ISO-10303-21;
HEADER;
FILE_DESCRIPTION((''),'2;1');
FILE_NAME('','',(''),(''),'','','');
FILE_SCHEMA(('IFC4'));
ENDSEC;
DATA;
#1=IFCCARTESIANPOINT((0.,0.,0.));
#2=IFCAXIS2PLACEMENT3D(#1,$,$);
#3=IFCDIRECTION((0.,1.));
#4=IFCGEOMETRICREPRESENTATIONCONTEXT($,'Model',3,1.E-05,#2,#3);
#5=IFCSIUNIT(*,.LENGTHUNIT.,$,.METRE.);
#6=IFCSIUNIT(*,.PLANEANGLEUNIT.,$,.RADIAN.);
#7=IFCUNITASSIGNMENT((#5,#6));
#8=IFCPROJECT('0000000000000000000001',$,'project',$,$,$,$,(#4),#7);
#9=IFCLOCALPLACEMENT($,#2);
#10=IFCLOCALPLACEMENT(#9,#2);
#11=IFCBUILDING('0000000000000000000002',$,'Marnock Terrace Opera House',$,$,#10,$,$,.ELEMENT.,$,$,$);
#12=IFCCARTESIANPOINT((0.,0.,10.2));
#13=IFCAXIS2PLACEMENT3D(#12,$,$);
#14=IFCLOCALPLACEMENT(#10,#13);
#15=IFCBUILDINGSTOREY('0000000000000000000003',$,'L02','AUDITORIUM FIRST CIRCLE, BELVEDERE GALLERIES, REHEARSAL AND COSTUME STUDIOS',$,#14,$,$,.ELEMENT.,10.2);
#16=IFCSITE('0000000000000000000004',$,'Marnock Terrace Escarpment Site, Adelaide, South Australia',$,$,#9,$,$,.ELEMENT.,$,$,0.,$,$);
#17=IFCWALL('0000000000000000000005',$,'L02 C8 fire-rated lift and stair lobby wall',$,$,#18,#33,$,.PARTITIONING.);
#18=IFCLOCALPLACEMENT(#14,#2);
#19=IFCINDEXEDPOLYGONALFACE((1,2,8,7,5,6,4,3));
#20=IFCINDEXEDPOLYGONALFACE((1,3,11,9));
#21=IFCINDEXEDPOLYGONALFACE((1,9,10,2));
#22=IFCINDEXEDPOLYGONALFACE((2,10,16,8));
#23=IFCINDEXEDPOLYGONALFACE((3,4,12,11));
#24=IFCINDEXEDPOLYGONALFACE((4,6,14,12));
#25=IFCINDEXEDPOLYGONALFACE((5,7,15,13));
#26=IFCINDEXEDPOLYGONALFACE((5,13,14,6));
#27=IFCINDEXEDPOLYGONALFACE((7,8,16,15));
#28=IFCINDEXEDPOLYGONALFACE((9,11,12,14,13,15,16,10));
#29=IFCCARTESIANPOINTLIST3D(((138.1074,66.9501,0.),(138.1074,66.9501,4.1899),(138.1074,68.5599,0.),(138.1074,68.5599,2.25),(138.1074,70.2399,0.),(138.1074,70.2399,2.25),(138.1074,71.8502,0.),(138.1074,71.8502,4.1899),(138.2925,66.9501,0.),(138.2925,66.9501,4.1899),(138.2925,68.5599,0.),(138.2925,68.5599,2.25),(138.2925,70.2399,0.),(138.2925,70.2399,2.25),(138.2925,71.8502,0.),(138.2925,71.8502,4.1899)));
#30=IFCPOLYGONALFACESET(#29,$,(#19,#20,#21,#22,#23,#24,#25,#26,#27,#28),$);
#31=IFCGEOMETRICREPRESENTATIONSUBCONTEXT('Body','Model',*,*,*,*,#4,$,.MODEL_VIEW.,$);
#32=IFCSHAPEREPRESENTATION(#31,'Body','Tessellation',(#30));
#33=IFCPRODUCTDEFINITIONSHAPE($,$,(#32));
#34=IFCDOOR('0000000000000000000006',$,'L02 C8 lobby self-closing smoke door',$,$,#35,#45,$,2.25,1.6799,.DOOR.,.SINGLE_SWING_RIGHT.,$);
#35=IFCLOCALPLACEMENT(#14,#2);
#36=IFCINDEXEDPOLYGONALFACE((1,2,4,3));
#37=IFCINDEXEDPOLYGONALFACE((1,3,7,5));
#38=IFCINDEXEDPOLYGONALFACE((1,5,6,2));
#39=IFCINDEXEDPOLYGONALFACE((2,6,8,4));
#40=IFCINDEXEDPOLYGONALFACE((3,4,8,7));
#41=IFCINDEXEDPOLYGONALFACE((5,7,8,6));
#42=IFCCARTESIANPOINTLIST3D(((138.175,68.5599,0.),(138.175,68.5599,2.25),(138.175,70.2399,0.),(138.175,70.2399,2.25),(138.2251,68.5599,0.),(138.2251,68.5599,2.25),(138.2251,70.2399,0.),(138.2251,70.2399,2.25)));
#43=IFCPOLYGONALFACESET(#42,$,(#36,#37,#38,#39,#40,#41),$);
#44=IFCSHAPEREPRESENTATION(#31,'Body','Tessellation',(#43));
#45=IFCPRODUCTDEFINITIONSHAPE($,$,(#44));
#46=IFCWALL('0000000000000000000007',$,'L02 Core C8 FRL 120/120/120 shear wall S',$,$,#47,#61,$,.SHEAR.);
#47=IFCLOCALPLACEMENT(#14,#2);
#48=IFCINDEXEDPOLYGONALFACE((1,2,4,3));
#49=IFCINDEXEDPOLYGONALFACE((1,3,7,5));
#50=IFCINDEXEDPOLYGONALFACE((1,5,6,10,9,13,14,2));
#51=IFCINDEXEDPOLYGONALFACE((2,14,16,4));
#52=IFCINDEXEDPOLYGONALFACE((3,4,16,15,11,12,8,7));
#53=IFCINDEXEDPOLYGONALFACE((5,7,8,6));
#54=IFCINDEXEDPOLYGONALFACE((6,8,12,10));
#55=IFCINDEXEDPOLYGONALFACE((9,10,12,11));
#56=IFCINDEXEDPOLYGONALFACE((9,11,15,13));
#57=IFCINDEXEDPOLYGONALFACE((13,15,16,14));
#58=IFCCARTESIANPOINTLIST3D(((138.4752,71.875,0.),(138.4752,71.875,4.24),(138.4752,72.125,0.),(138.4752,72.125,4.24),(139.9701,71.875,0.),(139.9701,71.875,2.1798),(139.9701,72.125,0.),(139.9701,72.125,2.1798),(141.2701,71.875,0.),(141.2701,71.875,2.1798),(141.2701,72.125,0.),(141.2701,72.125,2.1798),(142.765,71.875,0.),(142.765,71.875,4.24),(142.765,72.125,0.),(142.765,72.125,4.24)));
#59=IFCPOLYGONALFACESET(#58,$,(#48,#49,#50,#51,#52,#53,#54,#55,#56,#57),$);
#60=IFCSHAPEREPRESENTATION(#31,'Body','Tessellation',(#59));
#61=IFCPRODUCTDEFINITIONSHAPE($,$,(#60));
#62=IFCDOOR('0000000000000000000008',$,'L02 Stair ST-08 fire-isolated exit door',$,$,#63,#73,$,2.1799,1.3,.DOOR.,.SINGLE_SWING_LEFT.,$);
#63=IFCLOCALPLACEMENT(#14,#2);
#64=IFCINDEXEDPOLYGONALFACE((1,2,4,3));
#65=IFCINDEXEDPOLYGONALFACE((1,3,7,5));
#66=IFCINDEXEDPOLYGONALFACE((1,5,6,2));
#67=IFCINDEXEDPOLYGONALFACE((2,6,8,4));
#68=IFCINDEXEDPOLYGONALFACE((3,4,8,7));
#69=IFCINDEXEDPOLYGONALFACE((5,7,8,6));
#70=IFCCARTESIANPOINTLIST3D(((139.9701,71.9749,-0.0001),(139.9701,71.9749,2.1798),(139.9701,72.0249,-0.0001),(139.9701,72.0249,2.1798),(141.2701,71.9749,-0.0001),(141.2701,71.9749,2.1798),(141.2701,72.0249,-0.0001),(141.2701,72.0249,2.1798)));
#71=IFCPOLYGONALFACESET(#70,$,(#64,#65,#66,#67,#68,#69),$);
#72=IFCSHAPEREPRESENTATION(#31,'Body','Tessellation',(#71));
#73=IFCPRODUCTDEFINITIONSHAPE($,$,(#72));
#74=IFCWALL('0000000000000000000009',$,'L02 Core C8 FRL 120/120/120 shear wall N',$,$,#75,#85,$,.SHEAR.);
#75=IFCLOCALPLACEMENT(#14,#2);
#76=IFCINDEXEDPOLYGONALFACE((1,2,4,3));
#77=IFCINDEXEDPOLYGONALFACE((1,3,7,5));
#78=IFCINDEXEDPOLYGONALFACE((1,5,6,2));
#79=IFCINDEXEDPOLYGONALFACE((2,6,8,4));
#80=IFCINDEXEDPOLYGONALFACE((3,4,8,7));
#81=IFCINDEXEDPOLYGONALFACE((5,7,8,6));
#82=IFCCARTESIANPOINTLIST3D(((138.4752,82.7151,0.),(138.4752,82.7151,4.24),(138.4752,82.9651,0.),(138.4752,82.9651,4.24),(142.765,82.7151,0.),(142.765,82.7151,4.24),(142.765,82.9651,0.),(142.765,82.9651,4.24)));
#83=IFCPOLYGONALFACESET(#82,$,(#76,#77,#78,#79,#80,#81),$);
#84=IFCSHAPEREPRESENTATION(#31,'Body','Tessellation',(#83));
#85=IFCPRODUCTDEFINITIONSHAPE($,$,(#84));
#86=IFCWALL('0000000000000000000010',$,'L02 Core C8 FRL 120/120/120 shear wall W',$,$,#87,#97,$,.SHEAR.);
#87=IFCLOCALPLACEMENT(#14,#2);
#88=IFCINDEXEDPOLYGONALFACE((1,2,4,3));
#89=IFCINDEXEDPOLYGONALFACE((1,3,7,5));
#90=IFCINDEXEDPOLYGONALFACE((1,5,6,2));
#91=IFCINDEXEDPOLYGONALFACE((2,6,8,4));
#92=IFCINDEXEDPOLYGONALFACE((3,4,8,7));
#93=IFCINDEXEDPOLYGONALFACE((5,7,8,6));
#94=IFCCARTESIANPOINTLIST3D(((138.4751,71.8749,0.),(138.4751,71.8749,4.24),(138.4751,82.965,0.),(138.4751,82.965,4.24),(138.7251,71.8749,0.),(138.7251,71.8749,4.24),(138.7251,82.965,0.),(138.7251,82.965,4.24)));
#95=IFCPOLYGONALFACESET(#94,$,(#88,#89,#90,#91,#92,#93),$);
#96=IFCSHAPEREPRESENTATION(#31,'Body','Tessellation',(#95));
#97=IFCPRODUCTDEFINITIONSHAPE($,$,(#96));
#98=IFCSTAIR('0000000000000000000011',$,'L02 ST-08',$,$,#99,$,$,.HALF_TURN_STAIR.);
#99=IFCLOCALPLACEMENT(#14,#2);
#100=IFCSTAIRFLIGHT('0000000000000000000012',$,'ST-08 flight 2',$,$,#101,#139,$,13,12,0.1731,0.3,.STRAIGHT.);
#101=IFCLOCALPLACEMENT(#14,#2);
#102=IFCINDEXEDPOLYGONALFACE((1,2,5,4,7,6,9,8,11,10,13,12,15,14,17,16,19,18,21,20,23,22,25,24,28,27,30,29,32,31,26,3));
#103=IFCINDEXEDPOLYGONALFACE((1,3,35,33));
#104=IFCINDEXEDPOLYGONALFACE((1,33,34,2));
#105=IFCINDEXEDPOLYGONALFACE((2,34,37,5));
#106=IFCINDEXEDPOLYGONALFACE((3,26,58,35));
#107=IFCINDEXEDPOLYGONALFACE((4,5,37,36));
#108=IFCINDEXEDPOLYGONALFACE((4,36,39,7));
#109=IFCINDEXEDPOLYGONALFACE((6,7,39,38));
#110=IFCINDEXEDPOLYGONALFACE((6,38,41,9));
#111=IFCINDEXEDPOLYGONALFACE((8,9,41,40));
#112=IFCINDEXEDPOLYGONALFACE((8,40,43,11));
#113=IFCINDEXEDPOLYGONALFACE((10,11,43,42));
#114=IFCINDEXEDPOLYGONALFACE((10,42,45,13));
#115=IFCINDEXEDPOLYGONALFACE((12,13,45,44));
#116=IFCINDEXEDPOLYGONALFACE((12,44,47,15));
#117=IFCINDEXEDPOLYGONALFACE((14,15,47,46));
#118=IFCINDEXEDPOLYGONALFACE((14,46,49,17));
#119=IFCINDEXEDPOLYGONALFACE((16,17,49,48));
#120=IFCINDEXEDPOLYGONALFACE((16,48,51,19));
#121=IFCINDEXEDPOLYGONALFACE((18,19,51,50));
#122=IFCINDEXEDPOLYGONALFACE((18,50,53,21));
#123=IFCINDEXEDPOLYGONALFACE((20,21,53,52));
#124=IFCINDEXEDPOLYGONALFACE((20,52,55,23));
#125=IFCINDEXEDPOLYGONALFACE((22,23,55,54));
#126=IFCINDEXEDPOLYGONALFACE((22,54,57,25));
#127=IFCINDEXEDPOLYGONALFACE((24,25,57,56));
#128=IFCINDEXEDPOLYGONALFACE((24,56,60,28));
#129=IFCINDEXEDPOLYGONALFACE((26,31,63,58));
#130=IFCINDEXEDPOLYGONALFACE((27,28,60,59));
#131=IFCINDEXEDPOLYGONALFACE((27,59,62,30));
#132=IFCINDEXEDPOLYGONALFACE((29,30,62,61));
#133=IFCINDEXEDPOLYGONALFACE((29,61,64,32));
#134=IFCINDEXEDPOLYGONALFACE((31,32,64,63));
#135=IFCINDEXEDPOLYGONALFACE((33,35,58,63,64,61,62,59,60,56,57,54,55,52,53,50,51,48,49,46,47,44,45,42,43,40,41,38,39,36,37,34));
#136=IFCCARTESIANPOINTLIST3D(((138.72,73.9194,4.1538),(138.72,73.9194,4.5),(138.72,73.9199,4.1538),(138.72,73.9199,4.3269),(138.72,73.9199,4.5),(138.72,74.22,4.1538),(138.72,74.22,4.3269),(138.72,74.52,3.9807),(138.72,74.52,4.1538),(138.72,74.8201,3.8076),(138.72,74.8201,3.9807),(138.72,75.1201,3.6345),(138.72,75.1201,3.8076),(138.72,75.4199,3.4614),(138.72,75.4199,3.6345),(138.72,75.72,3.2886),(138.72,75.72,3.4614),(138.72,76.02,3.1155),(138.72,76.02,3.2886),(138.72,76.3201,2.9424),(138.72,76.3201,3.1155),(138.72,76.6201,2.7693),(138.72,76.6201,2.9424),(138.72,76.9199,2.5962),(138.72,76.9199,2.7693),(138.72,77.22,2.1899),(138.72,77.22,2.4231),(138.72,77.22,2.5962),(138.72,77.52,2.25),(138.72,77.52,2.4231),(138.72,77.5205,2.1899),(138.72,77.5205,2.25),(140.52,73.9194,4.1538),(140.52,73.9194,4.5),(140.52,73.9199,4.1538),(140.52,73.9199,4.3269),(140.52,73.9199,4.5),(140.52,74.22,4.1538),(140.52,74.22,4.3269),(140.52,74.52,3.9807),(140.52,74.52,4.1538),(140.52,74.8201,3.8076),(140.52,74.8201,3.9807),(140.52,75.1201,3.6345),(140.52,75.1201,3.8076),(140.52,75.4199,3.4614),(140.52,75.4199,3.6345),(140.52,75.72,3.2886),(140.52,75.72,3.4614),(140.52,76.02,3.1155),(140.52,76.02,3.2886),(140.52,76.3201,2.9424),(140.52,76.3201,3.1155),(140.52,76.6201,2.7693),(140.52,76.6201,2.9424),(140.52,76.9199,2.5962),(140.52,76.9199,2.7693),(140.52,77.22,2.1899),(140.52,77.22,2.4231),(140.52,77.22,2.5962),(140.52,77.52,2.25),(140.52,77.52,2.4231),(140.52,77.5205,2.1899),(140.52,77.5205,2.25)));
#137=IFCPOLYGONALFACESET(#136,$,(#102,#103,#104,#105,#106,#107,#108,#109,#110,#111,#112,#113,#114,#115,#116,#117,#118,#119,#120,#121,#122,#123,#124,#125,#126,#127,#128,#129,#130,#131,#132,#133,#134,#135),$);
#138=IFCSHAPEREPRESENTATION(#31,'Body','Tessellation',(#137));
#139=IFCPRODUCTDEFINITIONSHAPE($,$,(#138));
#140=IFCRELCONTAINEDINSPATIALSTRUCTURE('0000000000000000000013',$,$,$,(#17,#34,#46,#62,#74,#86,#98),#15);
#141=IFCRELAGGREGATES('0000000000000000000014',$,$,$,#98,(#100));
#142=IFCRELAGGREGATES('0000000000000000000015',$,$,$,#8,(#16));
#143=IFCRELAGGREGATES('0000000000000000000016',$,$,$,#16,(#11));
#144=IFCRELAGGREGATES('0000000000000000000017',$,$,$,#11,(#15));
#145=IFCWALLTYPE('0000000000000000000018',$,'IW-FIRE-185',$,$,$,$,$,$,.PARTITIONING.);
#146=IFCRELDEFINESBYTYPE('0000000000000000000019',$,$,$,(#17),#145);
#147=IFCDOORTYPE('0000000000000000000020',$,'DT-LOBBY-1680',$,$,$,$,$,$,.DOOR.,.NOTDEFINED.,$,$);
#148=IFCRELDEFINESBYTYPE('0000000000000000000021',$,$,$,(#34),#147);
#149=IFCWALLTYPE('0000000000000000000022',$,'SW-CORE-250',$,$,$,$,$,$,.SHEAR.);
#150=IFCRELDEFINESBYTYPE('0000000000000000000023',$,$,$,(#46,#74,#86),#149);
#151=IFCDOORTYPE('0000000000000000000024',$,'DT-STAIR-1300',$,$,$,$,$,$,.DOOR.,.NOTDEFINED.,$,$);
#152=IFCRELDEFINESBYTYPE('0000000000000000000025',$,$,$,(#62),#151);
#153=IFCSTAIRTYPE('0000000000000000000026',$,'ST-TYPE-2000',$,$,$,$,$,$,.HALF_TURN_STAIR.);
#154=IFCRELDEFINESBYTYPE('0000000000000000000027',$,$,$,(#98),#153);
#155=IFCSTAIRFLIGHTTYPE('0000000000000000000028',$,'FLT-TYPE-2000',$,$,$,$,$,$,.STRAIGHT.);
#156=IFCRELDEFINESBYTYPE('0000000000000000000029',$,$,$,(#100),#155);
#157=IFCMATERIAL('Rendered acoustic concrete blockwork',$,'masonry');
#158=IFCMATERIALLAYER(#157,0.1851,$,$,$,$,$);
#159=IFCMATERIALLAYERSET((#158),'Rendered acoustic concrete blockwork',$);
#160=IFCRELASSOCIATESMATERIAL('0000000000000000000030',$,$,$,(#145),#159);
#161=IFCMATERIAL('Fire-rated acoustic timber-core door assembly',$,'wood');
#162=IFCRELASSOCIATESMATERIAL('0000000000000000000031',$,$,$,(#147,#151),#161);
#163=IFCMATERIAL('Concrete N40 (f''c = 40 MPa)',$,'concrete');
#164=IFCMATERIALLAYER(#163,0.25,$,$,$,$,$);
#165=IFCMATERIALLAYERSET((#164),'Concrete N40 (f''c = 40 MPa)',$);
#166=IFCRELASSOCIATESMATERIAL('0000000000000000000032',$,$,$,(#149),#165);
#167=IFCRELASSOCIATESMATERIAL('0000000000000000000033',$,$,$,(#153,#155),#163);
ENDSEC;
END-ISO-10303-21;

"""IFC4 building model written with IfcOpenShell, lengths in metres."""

from ifc_helpers import new_model, si_unit, direction, frame, frame_2d, origin, place, context, subcontext, project, spatial, polyline, rectangle, outline, extrude, material, layer, layer_set, type_object, element, fill, aggregate, save


model = new_model("IFC4")

# Units and contexts
model_context = context("Model", 3, precision=1e-05, world=origin(), true_north=direction((0.0, 1.0)))
body_context = subcontext(model_context, "Body", "Model", "MODEL_VIEW")
ifc_project = project(units=[si_unit("LENGTHUNIT", "METRE"), si_unit("PLANEANGLEUNIT", "RADIAN")], contexts=[model_context])

# Site, building, storey
site_placement = place(None, origin())
site = spatial("IfcSite", under=ifc_project, at=site_placement, Name="Marnock Terrace Escarpment Site, Adelaide, South Australia", CompositionType="ELEMENT", RefElevation=0.0)
building_placement = place(site_placement, origin())
building = spatial("IfcBuilding", under=site, at=building_placement, Name="Marnock Terrace Opera House", CompositionType="ELEMENT")
storey_placement = place(building_placement, frame((0.0, 0.0, 10.2)))
storey = spatial("IfcBuildingStorey", under=building, at=storey_placement, Name="L02", Description="AUDITORIUM FIRST CIRCLE, BELVEDERE GALLERIES, REHEARSAL AND COSTUME STUDIOS", CompositionType="ELEMENT", Elevation=10.2)

# Shared definitions
ifc_material_1 = material(Name="Concrete N40 (f'c = 40 MPa)", Category="concrete")

# Walls, openings, doors
ifc_material_2 = material(Name="Rendered acoustic concrete blockwork", Category="masonry")
ifc_layer_1 = layer(ifc_material_2, 0.1851)
ifc_layer_set_1 = layer_set([ifc_layer_1], Name="Rendered acoustic concrete blockwork")
wall_type_1 = type_object("IfcWallType", Name="IW-FIRE-185", PredefinedType="PARTITIONING", material=ifc_layer_set_1)
wall_1_placement = place(storey_placement, frame((138.2, 66.95, 0.0), z_axis=(0.0, 0.0, 1.0), x_axis=(0.0, 1.0, 0.0)))
wall_1 = element("IfcWall", 1, at=wall_1_placement, inside=storey, type_object=wall_type_1, Name="L02 C8 fire-rated lift and stair lobby wall", PredefinedType="PARTITIONING", context=body_context, shape_type="SweptSolid", body=[
    extrude(rectangle(XDim=4.9001, YDim=0.1851, at=frame_2d((2.4502, 0.0))), origin(), (0.0, 0.0, 1.0), 4.1899),
])
opening_1_placement = place(wall_1_placement, frame((1.6101, 0.0, 0.0)))
opening_1 = element("IfcOpeningElement", 2, at=opening_1_placement, cuts=wall_1, PredefinedType="OPENING", context=body_context, shape_type="SweptSolid", body=[
    extrude(rectangle(XDim=1.6799, YDim=2.25, at=frame_2d((0.8398, 1.125))), frame((0.0, 0.1025, 0.0), z_axis=(0.0, -1.0, 0.0), x_axis=(1.0, 0.0, 0.0)), (0.0, 0.0, 1.0), 0.2051),
])
ifc_material_3 = material(Name="Fire-rated acoustic timber-core door assembly", Category="wood")
door_type_1 = type_object("IfcDoorType", Name="DT-LOBBY-1680", OperationType="NOTDEFINED", PredefinedType="DOOR", material=ifc_material_3)
door_1_placement = place(opening_1_placement, origin())
door_1 = element("IfcDoor", 3, at=door_1_placement, inside=storey, type_object=door_type_1, Name="L02 C8 lobby self-closing smoke door", OperationType="SINGLE_SWING_RIGHT", OverallHeight=2.25, OverallWidth=1.6799, PredefinedType="DOOR", context=body_context, shape_type="SweptSolid", body=[
    extrude(rectangle(XDim=1.6799, YDim=2.25, at=frame_2d((0.8398, 1.125))), frame((0.0, 0.0249, 0.0), z_axis=(0.0, -1.0, 0.0), x_axis=(1.0, 0.0, 0.0)), (0.0, 0.0, 1.0), 0.05),
])
fill(opening_1, door_1)
ifc_layer_2 = layer(ifc_material_1, 0.25)
ifc_layer_set_2 = layer_set([ifc_layer_2], Name="Concrete N40 (f'c = 40 MPa)")
wall_type_2 = type_object("IfcWallType", Name="SW-CORE-250", PredefinedType="SHEAR", material=ifc_layer_set_2)
wall_2_placement = place(storey_placement, frame((138.4751, 72.0, 0.0), z_axis=(0.0, 0.0, 1.0), x_axis=(1.0, 0.0, 0.0)))
wall_2 = element("IfcWall", 4, at=wall_2_placement, inside=storey, type_object=wall_type_2, Name="L02 Core C8 FRL 120/120/120 shear wall S", PredefinedType="SHEAR", context=body_context, shape_type="SweptSolid", body=[
    extrude(rectangle(XDim=4.2898, YDim=0.25, at=frame_2d((2.145, 0.0))), origin(), (0.0, 0.0, 1.0), 4.24),
])
opening_2_placement = place(wall_2_placement, frame((1.4951, 0.0, 0.0)))
opening_2 = element("IfcOpeningElement", 5, at=opening_2_placement, cuts=wall_2, PredefinedType="OPENING", context=body_context, shape_type="SweptSolid", body=[
    extrude(rectangle(XDim=1.3, YDim=2.1799, at=frame_2d((0.6499, 1.0898))), frame((0.0, 0.135, 0.0), z_axis=(0.0, -1.0, 0.0), x_axis=(1.0, 0.0, 0.0)), (0.0, 0.0, 1.0), 0.27),
])
door_type_2 = type_object("IfcDoorType", Name="DT-STAIR-1300", OperationType="NOTDEFINED", PredefinedType="DOOR", material=ifc_material_3)
door_2_placement = place(opening_2_placement, origin())
door_2 = element("IfcDoor", 6, at=door_2_placement, inside=storey, type_object=door_type_2, Name="L02 Stair ST-08 fire-isolated exit door", OperationType="SINGLE_SWING_LEFT", OverallHeight=2.1799, OverallWidth=1.3, PredefinedType="DOOR", context=body_context, shape_type="SweptSolid", body=[
    extrude(rectangle(XDim=1.3, YDim=2.1799, at=frame_2d((0.6499, 1.0898))), frame((0.0, 0.0249, 0.0), z_axis=(0.0, -1.0, 0.0), x_axis=(1.0, 0.0, 0.0)), (0.0, 0.0, 1.0), 0.05),
])
fill(opening_2, door_2)

# Walls
wall_3_placement = place(storey_placement, frame((138.4751, 82.8401, 0.0), z_axis=(0.0, 0.0, 1.0), x_axis=(1.0, 0.0, 0.0)))
element("IfcWall", 7, at=wall_3_placement, inside=storey, type_object=wall_type_2, Name="L02 Core C8 FRL 120/120/120 shear wall N", PredefinedType="SHEAR", context=body_context, shape_type="SweptSolid", body=[
    extrude(rectangle(XDim=4.2898, YDim=0.25, at=frame_2d((2.145, 0.0))), origin(), (0.0, 0.0, 1.0), 4.24),
])
wall_4_placement = place(storey_placement, frame((138.6001, 71.875, 0.0), z_axis=(0.0, 0.0, 1.0), x_axis=(0.0, 1.0, 0.0)))
element("IfcWall", 8, at=wall_4_placement, inside=storey, type_object=wall_type_2, Name="L02 Core C8 FRL 120/120/120 shear wall W", PredefinedType="SHEAR", context=body_context, shape_type="SweptSolid", body=[
    extrude(rectangle(XDim=11.0901, YDim=0.25, at=frame_2d((5.5449, 0.0))), origin(), (0.0, 0.0, 1.0), 4.24),
])

# Stair, stair flight
stair_type = type_object("IfcStairType", Name="ST-TYPE-2000", PredefinedType="HALF_TURN_STAIR", material=ifc_material_1)
stair_placement = place(storey_placement, origin())
stair = element("IfcStair", 9, at=stair_placement, inside=storey, type_object=stair_type, Name="L02 ST-08", PredefinedType="HALF_TURN_STAIR")
stair_flight_type = type_object("IfcStairFlightType", Name="FLT-TYPE-2000", PredefinedType="STRAIGHT", material=ifc_material_1)
stair_flight_placement = place(storey_placement, frame((139.6201, 77.52, 2.25), z_axis=(0.0, 0.0, 1.0), x_axis=(0.0, -1.0, 0.0)))
stair_flight = element("IfcStairFlight", 10, at=stair_flight_placement, type_object=stair_flight_type, Name="ST-08 flight 2", NumberOfRisers=13, NumberOfTreads=12, PredefinedType="STRAIGHT", RiserHeight=0.1731, TreadLength=0.3, context=body_context, shape_type="SweptSolid", body=[
    extrude(outline(polyline([(-0.0005, -0.0601), (-0.0005, 0.0), (0.0, 0.0), (0.0, 0.1731), (0.3, 0.1731), (0.3, 0.3462), (0.6001, 0.3462), (0.6001, 0.5193), (0.8999, 0.5193), (0.8999, 0.6924), (1.2, 0.6924), (1.2, 0.8655), (1.5, 0.8655), (1.5, 1.0386), (1.8, 1.0386), (1.8, 1.2114), (2.1001, 1.2114), (2.1001, 1.3845), (2.3999, 1.3845), (2.3999, 1.5576), (2.7, 1.5576), (2.7, 1.7307), (3.0, 1.7307), (3.0, 1.9038), (3.3, 1.9038), (3.3, 2.0769), (3.6001, 2.0769), (3.6001, 2.25), (3.6006, 2.25), (3.6006, 1.9038), (3.6001, 1.9038), (0.3, -0.0601), (-0.0005, -0.0601)])), frame((0.0, 0.8999, 0.0), z_axis=(0.0, -1.0, 0.0), x_axis=(1.0, 0.0, 0.0)), (0.0, 0.0, 1.0), 1.8),
])
aggregate(stair, [stair_flight])

save(model, "model.ifc")
